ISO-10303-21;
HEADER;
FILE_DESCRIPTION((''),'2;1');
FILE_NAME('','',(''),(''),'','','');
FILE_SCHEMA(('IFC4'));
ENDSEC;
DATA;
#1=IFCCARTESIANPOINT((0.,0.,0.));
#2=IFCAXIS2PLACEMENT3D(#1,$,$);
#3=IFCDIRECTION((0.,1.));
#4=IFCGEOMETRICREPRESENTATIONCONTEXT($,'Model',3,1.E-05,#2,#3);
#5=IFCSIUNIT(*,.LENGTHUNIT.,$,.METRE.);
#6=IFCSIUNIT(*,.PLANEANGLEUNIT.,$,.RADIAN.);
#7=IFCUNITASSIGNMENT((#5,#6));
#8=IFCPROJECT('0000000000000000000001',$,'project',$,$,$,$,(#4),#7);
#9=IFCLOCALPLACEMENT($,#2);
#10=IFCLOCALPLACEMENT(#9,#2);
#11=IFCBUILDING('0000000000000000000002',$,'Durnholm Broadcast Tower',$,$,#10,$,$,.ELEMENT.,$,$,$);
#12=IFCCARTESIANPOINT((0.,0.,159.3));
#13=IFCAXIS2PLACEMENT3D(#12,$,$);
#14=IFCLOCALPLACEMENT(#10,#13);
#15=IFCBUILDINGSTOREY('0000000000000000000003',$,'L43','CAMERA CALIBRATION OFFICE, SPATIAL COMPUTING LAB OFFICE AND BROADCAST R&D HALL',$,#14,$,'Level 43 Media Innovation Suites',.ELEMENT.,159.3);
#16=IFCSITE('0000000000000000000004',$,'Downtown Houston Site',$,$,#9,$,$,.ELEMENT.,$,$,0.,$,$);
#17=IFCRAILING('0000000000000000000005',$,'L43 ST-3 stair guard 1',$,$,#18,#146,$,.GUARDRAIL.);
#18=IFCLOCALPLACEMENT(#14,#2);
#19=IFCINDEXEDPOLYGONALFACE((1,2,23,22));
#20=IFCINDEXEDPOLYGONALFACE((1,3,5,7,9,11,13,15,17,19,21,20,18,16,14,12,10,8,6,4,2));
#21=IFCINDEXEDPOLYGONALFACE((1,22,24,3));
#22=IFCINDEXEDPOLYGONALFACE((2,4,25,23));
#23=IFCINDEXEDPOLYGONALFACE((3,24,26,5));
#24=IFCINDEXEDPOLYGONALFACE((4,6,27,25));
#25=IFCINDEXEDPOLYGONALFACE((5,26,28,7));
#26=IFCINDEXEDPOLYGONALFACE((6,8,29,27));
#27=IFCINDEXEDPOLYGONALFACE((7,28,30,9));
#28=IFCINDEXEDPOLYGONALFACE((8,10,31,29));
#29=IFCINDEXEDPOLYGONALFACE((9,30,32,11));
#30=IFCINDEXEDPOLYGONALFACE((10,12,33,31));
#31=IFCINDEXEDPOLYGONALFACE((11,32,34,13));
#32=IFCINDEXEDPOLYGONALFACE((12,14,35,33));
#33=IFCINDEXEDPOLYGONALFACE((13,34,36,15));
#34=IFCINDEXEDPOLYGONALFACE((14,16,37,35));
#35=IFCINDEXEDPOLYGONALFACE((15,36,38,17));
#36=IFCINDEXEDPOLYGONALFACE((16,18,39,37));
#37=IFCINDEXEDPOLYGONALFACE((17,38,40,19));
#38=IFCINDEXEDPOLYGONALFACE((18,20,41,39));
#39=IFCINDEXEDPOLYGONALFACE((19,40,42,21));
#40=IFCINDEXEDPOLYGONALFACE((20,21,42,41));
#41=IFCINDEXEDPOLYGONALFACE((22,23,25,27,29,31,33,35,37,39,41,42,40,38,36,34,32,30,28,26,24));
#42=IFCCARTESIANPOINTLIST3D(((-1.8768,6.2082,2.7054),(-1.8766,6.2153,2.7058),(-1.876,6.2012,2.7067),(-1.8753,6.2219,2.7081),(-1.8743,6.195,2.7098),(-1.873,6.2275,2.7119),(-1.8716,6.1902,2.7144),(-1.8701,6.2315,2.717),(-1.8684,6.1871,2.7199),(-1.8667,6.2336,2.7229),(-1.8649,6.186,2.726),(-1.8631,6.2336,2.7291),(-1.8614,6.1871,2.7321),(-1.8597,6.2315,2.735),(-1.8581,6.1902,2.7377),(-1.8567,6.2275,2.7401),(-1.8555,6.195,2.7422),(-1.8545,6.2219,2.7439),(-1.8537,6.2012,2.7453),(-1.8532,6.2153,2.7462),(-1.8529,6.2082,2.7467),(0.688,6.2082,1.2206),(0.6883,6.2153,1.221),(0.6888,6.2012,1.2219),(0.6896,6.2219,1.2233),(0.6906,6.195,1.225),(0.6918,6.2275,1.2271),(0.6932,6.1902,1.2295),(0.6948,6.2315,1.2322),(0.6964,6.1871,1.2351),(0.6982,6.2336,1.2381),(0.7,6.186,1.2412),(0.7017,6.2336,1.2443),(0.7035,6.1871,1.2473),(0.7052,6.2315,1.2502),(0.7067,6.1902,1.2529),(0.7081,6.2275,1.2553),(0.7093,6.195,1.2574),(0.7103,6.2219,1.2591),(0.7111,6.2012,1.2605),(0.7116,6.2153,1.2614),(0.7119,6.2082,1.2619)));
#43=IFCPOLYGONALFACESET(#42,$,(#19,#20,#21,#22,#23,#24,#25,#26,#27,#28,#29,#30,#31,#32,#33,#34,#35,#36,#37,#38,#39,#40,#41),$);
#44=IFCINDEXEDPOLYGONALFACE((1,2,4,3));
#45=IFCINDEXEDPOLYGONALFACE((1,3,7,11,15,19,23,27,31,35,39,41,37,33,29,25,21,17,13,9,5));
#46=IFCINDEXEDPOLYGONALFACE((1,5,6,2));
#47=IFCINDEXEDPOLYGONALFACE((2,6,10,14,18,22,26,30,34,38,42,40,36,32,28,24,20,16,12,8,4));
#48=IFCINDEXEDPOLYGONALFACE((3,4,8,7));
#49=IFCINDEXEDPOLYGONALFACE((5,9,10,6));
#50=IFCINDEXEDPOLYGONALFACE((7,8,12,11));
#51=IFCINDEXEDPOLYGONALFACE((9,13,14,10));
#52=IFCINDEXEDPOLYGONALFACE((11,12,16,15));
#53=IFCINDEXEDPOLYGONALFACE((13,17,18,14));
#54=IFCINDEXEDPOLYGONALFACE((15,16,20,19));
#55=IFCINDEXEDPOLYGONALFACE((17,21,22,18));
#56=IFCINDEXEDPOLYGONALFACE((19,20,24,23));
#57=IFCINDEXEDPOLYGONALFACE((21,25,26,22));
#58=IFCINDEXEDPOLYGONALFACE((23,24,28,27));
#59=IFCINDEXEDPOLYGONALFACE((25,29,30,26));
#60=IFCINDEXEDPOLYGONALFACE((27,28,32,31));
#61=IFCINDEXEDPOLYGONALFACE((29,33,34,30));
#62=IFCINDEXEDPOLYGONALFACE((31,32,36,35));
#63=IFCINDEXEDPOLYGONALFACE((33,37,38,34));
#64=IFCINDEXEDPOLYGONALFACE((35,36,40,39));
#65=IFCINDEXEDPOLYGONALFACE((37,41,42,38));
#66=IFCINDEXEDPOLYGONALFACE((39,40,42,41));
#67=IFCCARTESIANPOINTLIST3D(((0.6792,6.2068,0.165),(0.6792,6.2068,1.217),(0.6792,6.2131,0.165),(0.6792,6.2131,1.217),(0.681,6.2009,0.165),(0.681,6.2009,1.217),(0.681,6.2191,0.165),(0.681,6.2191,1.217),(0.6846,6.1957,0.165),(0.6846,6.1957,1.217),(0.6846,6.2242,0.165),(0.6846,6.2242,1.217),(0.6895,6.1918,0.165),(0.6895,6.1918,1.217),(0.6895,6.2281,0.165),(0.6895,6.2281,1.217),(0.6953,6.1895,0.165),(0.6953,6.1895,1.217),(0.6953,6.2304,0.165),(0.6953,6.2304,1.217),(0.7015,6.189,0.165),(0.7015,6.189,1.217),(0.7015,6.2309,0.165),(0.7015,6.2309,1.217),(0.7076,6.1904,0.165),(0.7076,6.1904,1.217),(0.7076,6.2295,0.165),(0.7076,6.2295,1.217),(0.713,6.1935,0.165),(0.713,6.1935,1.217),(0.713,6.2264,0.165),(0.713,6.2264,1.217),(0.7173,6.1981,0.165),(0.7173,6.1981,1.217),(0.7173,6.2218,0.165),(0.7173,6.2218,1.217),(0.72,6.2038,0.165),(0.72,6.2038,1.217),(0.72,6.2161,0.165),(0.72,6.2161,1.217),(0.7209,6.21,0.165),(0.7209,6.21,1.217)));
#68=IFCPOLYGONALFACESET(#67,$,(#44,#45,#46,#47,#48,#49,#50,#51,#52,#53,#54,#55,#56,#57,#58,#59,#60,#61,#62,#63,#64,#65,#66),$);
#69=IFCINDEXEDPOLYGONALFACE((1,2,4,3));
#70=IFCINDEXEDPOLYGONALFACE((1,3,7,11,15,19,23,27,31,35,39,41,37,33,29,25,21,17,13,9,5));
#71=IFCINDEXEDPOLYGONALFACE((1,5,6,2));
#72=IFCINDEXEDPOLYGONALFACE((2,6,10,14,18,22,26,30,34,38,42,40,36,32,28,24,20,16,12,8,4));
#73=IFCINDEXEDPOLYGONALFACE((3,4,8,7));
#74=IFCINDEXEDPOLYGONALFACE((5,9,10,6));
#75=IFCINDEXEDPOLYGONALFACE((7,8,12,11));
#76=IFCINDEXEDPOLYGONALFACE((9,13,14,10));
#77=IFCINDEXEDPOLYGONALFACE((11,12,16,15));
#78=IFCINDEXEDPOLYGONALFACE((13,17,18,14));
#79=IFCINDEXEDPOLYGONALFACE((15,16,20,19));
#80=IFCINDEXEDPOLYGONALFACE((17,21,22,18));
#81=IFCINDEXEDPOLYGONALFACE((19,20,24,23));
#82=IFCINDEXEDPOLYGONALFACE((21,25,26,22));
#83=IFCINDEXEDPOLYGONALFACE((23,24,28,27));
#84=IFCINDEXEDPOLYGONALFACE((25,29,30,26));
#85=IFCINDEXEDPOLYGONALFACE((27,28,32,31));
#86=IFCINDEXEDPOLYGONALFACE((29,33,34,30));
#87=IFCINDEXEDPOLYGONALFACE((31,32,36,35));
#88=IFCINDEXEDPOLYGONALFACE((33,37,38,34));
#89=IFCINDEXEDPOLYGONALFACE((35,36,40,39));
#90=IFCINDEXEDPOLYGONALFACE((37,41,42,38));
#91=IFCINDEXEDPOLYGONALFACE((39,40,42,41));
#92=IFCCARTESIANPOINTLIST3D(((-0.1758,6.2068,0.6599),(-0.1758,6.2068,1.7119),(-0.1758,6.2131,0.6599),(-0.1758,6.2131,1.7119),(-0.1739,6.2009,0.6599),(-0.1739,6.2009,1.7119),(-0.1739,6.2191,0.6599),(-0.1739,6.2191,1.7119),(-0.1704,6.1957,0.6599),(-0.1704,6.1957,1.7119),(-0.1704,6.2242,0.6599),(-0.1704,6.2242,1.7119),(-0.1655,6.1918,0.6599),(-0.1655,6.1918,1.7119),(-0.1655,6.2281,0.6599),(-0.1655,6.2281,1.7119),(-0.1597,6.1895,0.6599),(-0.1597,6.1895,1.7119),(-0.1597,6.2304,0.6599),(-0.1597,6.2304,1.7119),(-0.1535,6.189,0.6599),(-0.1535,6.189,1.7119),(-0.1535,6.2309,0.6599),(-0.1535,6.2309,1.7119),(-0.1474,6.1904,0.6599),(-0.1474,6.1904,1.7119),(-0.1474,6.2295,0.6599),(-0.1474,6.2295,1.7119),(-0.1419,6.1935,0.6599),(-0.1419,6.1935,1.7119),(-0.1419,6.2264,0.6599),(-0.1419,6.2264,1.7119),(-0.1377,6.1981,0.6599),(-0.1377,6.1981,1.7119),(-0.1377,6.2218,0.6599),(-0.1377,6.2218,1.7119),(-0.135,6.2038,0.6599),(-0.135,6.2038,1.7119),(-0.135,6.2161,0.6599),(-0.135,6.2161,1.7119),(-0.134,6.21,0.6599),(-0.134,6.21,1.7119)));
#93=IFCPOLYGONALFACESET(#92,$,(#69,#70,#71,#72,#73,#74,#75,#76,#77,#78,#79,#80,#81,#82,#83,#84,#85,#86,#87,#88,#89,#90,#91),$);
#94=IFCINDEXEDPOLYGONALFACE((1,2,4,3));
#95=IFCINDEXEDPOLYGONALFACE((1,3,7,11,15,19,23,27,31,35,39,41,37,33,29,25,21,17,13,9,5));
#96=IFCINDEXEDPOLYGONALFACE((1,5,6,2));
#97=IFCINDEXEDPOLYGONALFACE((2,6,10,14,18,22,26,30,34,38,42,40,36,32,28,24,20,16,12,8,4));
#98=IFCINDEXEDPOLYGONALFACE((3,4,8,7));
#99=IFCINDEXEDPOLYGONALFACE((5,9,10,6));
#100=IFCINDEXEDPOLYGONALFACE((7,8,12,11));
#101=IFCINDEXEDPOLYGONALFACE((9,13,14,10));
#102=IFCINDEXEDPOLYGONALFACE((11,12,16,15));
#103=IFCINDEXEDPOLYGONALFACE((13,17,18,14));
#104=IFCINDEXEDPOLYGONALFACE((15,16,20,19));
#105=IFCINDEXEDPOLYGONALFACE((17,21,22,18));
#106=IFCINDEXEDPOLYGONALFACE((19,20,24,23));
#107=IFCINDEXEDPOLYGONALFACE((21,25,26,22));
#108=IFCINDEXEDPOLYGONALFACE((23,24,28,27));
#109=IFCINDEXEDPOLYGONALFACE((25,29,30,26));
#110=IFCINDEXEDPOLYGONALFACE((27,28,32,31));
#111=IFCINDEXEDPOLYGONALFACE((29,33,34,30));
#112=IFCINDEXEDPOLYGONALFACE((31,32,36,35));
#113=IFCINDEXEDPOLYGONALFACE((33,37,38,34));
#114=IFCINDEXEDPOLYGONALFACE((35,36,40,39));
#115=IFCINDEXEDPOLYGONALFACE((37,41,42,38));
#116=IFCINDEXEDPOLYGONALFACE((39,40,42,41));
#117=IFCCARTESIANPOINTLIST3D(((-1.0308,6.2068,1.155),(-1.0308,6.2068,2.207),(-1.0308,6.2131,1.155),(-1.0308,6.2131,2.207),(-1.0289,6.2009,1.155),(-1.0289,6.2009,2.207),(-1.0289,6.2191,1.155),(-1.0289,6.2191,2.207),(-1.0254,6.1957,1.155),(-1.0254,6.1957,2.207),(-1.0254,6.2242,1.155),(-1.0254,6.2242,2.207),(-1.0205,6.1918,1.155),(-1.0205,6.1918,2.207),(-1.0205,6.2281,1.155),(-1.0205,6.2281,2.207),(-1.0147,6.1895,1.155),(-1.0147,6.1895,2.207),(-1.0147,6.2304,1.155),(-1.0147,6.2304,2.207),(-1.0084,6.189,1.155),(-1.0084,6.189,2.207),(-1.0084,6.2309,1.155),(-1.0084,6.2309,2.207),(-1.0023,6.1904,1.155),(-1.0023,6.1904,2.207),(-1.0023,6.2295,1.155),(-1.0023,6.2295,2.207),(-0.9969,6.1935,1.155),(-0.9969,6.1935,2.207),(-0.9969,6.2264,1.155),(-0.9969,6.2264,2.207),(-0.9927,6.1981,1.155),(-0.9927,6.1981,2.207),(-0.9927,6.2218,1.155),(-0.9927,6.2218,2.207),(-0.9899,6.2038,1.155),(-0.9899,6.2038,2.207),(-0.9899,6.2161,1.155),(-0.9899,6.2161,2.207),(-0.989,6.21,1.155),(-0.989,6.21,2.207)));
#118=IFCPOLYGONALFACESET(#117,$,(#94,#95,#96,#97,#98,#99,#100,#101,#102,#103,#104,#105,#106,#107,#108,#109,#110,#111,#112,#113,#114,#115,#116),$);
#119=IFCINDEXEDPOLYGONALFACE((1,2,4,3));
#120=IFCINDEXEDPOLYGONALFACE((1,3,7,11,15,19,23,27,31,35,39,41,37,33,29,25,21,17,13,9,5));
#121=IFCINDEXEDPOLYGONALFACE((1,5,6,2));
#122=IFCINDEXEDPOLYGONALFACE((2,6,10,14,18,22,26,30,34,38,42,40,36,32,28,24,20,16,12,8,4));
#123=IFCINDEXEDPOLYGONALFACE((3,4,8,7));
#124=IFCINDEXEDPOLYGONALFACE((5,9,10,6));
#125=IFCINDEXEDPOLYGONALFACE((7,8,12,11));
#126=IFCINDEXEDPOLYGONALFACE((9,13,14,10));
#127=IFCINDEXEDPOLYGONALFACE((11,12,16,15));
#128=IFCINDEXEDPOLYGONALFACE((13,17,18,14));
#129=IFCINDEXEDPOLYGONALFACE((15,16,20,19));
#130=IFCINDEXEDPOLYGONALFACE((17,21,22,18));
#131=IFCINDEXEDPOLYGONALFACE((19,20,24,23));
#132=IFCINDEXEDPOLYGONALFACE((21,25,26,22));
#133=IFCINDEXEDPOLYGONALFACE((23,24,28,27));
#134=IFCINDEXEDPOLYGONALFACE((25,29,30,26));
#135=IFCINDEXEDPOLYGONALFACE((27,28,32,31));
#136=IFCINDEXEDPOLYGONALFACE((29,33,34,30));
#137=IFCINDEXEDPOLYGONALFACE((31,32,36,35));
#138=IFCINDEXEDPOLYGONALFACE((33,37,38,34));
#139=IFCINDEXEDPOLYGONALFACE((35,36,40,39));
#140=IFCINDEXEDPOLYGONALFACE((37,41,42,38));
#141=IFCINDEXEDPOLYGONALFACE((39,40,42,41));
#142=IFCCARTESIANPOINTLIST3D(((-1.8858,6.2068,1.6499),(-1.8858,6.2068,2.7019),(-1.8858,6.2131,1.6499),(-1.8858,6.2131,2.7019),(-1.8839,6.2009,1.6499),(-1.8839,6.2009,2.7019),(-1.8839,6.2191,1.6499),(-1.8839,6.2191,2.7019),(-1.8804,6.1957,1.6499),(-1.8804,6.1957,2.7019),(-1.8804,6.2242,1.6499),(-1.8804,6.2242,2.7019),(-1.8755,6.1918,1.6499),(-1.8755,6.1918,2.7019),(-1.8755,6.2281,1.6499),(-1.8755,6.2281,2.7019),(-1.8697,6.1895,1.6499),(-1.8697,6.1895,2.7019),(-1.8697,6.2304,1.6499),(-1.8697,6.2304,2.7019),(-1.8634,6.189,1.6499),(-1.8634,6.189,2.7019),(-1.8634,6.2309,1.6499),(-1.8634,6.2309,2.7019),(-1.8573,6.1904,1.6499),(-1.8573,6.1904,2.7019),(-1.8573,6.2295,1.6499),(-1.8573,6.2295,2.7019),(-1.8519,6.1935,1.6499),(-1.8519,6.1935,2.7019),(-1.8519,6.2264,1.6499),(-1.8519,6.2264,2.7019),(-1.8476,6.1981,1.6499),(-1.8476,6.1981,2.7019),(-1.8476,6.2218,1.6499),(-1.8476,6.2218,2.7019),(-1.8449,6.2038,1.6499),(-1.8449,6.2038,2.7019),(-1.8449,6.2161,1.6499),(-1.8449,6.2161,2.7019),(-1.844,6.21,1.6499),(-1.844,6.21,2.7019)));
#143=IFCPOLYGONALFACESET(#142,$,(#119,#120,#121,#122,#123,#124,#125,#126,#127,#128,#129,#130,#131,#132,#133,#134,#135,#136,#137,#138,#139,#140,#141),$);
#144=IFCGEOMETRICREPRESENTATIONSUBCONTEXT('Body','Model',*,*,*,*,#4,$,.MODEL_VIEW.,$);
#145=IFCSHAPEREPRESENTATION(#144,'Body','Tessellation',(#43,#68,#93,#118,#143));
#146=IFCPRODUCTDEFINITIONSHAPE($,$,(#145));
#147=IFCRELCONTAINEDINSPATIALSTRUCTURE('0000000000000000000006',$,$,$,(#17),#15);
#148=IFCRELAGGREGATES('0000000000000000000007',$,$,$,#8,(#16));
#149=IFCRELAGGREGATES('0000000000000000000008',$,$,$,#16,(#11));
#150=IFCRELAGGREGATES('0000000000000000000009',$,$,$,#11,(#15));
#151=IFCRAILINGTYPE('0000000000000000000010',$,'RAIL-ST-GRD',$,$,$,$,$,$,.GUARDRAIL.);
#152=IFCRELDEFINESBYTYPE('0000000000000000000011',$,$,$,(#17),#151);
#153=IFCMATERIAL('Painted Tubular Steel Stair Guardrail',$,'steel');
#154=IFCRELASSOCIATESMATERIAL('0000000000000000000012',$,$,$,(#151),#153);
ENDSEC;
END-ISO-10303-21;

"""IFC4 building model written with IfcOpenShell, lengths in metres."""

from ifc_helpers import new_model, si_unit, direction, frame, origin, origin_2d, place, context, subcontext, project, spatial, circle, extrude, material, type_object, element, save


model = new_model("IFC4")

# Units and contexts
model_context = context("Model", 3, precision=1e-05, world=origin(), true_north=direction((0.0, 1.0)))
body_context = subcontext(model_context, "Body", "Model", "MODEL_VIEW")
ifc_project = project(units=[si_unit("LENGTHUNIT", "METRE"), si_unit("PLANEANGLEUNIT", "RADIAN")], contexts=[model_context])

# Site, building, storey
site_placement = place(None, origin())
site = spatial("IfcSite", under=ifc_project, at=site_placement, Name="Downtown Houston Site", CompositionType="ELEMENT", RefElevation=0.0)
building_placement = place(site_placement, origin())
building = spatial("IfcBuilding", under=site, at=building_placement, Name="Durnholm Broadcast Tower", CompositionType="ELEMENT")
storey_placement = place(building_placement, frame((0.0, 0.0, 159.3)))
storey = spatial("IfcBuildingStorey", under=building, at=storey_placement, Name="L43", Description="CAMERA CALIBRATION OFFICE, SPATIAL COMPUTING LAB OFFICE AND BROADCAST R&D HALL", LongName="Level 43 Media Innovation Suites", CompositionType="ELEMENT", Elevation=159.3)

# Railing
ifc_material_1 = material(Name="Painted Tubular Steel Stair Guardrail", Category="steel")
railing_type_1 = type_object("IfcRailingType", Name="RAIL-ST-GRD", PredefinedType="GUARDRAIL", material=ifc_material_1)
railing_1_placement = place(storey_placement, frame((0.7, 6.21, 0.165)))
element("IfcRailing", 1, at=railing_1_placement, inside=storey, type_object=railing_type_1, Name="L43 ST-3 stair guard 1", PredefinedType="GUARDRAIL", context=body_context, shape_type="SweptSolid", body=[
    extrude(circle(Radius=0.0239, at=origin_2d()), frame((0.0, 0.0, 1.0762), z_axis=(-0.865441, 0.0, 0.50101), x_axis=(0.0, -1.0, 0.0)), (0.0, 0.0, 1.0), 2.9636),
    extrude(circle(Radius=0.021, at=origin_2d()), origin(), (0.0, 0.0, 1.0), 1.052),
    extrude(circle(Radius=0.021, at=origin_2d()), frame((-0.855, 0.0, 0.4949)), (0.0, 0.0, 1.0), 1.052),
    extrude(circle(Radius=0.021, at=origin_2d()), frame((-1.71, 0.0, 0.99)), (0.0, 0.0, 1.0), 1.052),
    extrude(circle(Radius=0.021, at=origin_2d()), frame((-2.5649, 0.0, 1.4849)), (0.0, 0.0, 1.0), 1.052),
])

save(model, "model.ifc")
